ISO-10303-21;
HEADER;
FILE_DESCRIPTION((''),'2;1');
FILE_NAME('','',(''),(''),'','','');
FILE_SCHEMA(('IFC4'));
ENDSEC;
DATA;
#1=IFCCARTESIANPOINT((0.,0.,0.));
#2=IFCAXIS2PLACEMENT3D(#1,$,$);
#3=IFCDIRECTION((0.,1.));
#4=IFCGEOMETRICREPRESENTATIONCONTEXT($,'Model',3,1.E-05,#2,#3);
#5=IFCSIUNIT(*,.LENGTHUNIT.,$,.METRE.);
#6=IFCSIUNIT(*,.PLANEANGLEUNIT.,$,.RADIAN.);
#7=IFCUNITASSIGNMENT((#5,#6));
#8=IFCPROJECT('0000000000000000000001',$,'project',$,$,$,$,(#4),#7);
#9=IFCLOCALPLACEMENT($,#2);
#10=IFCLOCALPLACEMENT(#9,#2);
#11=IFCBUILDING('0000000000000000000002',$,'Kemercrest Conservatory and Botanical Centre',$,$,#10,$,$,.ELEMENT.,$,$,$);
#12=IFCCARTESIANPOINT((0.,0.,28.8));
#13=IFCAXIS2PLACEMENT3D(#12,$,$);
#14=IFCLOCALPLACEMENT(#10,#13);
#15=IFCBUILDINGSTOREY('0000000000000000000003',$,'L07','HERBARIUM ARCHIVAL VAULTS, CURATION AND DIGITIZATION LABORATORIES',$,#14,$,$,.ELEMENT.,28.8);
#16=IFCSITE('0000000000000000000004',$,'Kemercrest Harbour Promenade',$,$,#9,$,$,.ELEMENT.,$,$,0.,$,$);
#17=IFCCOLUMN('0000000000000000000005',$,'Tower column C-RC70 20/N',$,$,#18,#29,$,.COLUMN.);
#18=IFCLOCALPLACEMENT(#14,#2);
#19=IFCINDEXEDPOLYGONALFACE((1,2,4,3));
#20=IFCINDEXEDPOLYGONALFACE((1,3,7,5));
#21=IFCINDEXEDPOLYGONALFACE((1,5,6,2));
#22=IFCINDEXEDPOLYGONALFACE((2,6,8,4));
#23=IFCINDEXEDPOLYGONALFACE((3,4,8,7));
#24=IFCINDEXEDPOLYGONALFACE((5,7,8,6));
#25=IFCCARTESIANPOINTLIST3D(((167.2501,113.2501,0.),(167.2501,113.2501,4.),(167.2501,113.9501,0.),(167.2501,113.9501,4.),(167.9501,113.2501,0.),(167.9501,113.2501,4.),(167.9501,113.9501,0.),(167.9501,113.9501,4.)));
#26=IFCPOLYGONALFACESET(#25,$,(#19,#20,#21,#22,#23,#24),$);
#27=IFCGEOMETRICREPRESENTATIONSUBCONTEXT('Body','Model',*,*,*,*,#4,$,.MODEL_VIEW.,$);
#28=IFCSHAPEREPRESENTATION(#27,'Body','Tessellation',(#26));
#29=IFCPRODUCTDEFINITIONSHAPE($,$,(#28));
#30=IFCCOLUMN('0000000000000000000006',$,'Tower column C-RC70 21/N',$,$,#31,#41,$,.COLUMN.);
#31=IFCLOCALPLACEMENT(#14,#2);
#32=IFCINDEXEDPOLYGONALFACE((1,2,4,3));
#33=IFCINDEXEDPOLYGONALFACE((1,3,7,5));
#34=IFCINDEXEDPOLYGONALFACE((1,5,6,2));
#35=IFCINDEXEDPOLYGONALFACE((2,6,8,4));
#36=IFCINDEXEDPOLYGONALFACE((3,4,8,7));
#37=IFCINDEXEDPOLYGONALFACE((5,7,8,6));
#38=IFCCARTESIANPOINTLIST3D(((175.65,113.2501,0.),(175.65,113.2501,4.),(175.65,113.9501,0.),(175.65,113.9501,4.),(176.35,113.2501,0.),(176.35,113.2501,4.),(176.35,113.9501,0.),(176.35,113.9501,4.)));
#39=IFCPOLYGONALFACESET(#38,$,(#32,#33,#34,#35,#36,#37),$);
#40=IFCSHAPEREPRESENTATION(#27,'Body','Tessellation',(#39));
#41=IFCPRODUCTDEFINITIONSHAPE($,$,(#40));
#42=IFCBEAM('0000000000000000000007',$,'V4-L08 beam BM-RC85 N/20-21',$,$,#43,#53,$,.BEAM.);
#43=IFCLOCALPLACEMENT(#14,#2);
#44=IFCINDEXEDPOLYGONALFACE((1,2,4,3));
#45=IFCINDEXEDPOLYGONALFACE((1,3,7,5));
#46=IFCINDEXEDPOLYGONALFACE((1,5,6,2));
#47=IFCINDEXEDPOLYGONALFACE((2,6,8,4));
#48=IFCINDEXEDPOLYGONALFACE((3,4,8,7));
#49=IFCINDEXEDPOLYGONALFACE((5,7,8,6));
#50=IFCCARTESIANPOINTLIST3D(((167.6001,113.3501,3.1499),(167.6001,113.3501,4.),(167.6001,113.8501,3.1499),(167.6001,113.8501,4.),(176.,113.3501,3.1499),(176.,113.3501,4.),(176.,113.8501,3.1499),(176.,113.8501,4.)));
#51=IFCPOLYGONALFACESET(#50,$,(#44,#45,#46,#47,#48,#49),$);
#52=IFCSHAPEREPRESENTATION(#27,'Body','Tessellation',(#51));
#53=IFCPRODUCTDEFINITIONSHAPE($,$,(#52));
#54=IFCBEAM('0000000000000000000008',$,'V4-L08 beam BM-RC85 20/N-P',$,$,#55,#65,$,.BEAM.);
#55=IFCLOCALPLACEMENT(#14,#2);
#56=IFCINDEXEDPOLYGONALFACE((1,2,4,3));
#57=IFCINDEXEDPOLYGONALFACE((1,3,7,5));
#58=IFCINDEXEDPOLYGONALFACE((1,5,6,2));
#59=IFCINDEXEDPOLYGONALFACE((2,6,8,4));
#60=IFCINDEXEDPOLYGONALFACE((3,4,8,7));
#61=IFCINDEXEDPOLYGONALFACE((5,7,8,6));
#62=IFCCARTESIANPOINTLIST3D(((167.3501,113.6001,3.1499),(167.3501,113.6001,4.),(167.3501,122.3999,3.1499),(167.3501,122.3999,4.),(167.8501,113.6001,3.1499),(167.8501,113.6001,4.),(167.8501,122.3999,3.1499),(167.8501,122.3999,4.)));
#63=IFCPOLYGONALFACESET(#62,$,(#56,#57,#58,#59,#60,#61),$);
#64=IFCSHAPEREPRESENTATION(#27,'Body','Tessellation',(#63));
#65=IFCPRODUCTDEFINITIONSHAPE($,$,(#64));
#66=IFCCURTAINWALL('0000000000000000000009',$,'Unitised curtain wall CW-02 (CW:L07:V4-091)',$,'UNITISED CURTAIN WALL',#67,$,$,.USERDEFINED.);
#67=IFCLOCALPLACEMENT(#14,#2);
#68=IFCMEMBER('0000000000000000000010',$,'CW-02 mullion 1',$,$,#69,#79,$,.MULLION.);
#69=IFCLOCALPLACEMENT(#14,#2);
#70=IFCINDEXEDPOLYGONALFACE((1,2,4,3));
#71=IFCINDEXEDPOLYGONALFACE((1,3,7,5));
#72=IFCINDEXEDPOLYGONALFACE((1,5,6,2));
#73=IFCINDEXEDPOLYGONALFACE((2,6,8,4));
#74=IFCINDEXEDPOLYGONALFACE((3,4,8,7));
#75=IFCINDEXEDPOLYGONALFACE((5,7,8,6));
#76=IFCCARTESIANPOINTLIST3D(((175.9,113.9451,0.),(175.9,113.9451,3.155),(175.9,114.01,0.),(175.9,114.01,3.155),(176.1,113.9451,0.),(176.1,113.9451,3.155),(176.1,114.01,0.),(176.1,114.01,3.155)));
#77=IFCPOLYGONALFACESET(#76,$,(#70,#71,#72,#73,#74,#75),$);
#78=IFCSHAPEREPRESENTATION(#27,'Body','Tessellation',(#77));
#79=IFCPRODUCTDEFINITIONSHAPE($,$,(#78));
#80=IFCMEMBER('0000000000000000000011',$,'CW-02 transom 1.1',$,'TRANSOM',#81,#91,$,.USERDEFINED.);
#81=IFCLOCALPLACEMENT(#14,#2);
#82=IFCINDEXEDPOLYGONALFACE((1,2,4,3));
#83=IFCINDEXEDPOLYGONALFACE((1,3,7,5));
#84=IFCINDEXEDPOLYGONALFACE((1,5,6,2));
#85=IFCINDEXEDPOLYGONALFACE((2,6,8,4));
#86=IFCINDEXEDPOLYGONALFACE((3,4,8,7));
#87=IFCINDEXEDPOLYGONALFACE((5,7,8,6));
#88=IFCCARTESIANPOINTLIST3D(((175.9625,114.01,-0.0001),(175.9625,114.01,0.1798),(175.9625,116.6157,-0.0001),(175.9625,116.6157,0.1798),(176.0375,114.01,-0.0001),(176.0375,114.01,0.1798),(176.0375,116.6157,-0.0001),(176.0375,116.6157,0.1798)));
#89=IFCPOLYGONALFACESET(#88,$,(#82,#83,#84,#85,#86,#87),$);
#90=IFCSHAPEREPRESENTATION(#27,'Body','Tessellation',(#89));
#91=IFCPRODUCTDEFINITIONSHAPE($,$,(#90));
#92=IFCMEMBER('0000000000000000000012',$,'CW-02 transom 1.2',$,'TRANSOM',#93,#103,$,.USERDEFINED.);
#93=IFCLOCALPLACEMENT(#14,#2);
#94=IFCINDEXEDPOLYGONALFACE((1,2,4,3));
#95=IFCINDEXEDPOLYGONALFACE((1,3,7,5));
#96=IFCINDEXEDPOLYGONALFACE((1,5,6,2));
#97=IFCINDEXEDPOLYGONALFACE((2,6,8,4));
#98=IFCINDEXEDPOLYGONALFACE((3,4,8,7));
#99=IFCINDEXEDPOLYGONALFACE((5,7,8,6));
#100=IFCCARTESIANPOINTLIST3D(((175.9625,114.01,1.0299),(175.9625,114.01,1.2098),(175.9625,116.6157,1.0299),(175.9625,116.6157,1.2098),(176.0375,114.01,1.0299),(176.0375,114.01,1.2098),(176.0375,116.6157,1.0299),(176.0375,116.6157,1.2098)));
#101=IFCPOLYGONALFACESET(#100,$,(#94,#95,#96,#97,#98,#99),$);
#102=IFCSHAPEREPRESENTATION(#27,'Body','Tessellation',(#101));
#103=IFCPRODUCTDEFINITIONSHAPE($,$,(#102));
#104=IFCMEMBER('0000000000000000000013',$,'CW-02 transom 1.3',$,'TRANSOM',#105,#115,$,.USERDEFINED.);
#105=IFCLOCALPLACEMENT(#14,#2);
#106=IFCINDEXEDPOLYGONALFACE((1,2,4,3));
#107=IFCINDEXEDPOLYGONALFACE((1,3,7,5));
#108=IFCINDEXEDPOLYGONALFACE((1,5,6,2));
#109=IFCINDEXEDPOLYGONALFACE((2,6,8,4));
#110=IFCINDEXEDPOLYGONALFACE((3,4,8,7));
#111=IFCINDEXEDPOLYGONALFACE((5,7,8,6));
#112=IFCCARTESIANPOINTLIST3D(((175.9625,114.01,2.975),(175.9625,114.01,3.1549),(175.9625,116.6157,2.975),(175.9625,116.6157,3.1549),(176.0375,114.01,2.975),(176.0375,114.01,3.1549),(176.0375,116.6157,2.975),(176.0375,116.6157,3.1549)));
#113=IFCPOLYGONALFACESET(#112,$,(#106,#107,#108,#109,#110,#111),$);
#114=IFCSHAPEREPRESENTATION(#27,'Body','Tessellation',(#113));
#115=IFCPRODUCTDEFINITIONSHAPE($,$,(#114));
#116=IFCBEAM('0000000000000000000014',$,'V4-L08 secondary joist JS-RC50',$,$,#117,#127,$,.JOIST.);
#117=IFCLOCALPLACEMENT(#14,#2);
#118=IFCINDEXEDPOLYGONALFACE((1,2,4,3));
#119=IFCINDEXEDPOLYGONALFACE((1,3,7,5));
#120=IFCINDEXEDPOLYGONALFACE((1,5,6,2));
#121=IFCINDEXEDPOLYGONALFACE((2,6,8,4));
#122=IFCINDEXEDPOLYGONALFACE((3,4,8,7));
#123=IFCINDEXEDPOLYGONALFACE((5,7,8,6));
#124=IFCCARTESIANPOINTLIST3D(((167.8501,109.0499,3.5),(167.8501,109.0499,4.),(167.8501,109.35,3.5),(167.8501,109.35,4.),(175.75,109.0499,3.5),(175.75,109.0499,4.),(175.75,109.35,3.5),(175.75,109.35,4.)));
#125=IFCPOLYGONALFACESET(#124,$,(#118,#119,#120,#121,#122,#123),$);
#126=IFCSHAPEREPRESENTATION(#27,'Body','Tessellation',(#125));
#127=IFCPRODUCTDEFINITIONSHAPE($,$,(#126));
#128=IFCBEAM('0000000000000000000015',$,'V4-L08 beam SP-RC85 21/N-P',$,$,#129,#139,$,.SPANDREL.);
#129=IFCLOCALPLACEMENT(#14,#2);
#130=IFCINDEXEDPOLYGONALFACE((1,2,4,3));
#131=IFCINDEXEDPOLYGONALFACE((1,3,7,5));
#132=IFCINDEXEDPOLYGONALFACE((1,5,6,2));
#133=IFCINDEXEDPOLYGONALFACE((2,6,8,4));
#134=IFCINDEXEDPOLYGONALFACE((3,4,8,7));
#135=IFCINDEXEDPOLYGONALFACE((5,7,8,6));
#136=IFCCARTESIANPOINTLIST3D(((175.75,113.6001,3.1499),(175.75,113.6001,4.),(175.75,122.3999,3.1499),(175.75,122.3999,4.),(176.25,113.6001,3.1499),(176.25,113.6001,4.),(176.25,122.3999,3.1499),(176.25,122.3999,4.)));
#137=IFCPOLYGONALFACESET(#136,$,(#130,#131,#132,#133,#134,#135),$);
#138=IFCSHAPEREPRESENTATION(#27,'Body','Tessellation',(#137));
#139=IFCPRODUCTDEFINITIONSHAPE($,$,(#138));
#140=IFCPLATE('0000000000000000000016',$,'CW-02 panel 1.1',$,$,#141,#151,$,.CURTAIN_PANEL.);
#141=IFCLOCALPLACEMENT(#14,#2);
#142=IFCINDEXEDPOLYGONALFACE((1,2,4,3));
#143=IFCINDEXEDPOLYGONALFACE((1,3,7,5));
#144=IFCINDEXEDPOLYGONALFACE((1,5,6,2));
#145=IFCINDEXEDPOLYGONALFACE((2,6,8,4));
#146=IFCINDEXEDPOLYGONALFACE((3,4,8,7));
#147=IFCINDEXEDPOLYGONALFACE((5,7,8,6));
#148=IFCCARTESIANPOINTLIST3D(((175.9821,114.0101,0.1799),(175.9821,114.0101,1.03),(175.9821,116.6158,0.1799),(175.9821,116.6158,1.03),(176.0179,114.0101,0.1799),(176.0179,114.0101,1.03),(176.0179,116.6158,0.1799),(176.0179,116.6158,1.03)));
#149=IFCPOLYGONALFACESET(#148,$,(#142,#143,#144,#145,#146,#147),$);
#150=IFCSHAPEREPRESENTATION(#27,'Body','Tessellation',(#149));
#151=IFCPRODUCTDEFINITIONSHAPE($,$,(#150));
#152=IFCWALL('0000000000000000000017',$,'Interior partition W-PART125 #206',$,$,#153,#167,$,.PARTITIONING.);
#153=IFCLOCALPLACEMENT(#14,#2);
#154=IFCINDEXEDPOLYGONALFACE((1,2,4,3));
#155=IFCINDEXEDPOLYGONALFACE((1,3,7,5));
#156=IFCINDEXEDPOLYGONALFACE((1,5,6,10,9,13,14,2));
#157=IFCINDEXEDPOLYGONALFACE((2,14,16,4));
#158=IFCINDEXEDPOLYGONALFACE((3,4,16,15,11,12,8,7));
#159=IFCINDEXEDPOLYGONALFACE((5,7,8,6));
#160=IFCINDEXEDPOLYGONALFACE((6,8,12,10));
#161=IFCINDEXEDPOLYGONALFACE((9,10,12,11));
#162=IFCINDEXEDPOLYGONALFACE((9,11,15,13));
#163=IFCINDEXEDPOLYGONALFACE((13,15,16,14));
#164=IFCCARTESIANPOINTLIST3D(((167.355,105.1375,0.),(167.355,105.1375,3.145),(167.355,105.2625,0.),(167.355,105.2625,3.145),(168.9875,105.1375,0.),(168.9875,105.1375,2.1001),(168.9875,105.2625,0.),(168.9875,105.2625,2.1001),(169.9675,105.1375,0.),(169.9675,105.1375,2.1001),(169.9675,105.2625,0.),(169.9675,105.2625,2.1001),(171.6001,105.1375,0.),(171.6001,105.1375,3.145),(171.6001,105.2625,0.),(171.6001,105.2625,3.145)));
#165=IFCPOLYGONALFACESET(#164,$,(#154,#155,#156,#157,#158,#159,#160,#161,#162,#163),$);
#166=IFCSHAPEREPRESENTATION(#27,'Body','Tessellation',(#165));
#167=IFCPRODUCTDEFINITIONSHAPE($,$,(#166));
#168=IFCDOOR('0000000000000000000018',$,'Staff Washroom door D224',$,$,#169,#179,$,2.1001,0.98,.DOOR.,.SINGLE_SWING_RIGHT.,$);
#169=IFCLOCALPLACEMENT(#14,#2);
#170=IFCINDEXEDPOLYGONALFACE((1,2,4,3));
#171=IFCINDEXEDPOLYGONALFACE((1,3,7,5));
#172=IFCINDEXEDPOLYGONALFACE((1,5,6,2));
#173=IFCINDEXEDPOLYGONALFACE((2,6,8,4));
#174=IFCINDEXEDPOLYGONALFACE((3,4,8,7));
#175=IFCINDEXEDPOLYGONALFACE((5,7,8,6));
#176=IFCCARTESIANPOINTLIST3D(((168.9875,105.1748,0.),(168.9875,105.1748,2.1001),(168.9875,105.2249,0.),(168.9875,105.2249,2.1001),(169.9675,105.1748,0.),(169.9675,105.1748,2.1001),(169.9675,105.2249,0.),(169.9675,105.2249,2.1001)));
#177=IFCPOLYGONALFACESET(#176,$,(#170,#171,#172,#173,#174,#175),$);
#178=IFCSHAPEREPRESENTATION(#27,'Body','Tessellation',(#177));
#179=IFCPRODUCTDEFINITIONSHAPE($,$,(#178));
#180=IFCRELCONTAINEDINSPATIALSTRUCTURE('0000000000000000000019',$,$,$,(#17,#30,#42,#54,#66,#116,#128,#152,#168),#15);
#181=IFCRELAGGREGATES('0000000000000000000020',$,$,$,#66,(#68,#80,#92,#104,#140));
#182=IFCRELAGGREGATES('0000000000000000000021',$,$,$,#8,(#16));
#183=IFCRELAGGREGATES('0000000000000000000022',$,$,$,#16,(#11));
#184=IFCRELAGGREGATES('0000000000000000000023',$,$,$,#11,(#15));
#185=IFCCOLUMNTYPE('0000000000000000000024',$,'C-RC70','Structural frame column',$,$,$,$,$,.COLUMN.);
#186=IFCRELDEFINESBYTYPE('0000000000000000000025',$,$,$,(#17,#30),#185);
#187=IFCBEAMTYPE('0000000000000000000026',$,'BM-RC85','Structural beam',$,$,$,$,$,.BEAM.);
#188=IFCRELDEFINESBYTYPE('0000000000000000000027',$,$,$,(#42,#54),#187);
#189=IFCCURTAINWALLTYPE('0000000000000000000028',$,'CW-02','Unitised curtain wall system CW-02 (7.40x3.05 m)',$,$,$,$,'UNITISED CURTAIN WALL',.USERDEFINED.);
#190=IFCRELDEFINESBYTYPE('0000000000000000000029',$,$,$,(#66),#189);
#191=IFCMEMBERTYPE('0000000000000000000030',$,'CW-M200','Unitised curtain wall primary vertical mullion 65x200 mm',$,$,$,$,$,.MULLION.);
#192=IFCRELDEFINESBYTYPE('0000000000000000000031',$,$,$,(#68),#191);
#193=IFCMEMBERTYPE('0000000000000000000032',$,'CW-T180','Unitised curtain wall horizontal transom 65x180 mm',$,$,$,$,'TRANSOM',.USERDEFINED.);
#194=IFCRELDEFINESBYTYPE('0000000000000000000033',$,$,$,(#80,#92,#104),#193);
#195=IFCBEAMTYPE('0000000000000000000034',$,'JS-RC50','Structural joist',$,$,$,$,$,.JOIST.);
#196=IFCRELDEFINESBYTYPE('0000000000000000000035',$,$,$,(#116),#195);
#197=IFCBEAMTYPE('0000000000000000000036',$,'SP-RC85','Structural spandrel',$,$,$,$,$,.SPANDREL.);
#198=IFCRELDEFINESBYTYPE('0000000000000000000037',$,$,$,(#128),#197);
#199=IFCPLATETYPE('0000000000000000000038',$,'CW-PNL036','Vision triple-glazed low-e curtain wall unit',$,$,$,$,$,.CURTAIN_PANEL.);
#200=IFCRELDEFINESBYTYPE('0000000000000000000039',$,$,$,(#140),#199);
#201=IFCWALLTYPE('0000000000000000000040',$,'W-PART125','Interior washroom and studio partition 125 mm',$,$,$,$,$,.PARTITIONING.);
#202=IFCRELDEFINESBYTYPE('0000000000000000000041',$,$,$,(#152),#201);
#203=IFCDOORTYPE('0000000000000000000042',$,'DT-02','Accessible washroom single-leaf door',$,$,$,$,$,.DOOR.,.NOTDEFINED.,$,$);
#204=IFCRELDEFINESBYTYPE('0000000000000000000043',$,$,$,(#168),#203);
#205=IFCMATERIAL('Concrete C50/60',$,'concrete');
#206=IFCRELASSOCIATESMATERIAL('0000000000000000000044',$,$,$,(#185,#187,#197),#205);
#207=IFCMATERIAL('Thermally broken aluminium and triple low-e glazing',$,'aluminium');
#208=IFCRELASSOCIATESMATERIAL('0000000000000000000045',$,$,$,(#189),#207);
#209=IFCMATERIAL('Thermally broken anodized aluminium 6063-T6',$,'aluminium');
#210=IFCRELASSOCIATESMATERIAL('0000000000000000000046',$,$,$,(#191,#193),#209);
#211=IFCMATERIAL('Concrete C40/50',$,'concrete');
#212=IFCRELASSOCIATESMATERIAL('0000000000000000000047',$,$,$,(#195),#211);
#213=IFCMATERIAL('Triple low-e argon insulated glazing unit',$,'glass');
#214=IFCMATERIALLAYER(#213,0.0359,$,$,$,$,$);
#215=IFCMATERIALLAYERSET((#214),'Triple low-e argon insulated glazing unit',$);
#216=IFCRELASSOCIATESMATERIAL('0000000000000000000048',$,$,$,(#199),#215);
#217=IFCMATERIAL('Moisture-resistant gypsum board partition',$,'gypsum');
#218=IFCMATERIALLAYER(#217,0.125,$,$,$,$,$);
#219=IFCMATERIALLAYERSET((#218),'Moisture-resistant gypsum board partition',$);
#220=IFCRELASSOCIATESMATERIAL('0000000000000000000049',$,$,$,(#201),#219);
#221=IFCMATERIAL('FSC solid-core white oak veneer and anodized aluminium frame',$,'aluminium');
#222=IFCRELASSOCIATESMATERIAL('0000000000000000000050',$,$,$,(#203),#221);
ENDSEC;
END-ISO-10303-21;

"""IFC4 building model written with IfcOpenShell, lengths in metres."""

from ifc_helpers import new_model, si_unit, direction, frame, frame_2d, origin, origin_2d, place, context, subcontext, project, spatial, rectangle, extrude, material, layer, layer_set, material_profile, profile_set, type_object, element, fill, aggregate, save


model = new_model("IFC4")

# Units and contexts
model_context = context("Model", 3, precision=1e-05, world=origin(), true_north=direction((0.0, 1.0)))
body_context = subcontext(model_context, "Body", "Model", "MODEL_VIEW")
ifc_project = project(units=[si_unit("LENGTHUNIT", "METRE"), si_unit("PLANEANGLEUNIT", "RADIAN")], contexts=[model_context])

# Site, building, storey
site_placement = place(None, origin())
site = spatial("IfcSite", under=ifc_project, at=site_placement, Name="Kemercrest Harbour Promenade", CompositionType="ELEMENT", RefElevation=0.0)
building_placement = place(site_placement, origin())
building = spatial("IfcBuilding", under=site, at=building_placement, Name="Kemercrest Conservatory and Botanical Centre", CompositionType="ELEMENT")
storey_placement = place(building_placement, frame((0.0, 0.0, 28.8)))
storey = spatial("IfcBuildingStorey", under=building, at=storey_placement, Name="L07", Description="HERBARIUM ARCHIVAL VAULTS, CURATION AND DIGITIZATION LABORATORIES", CompositionType="ELEMENT", Elevation=28.8)

# Columns
ifc_material_1 = material(Name="Concrete C50/60", Category="concrete")
ifc_material_profile_1 = material_profile(ifc_material_1, rectangle(XDim=0.7, YDim=0.7, at=origin_2d()), Name="RC 700x700")
ifc_profile_set_1 = profile_set([ifc_material_profile_1], Name="Concrete C50/60")
column_type = type_object("IfcColumnType", Name="C-RC70", Description="Structural frame column", PredefinedType="COLUMN", material=ifc_profile_set_1)
for number, where, z_axis, x_axis, name in (
    (1, (167.6001, 113.6001, 0.0), (0.0, 0.0, 1.0), (1.0, 0.0, 0.0), "Tower column C-RC70 20/N"),
    (2, (176.0, 113.6001, 0.0), (0.0, 0.0, 1.0), (1.0, 0.0, 0.0), "Tower column C-RC70 21/N"),
):
    element("IfcColumn", number, at=place(storey_placement, frame(where, z_axis=z_axis, x_axis=x_axis)), inside=storey, type_object=column_type, Name=name, PredefinedType="COLUMN", context=body_context, shape_type="SweptSolid", body=[
        extrude(rectangle(XDim=0.7, YDim=0.7, at=origin_2d()), origin(), (0.0, 0.0, 1.0), 4.0),
    ])

# Beams
ifc_material_profile_2 = material_profile(ifc_material_1, rectangle(XDim=0.5, YDim=0.8501, at=origin_2d()), Name="RC 500x850")
ifc_profile_set_2 = profile_set([ifc_material_profile_2], Name="Concrete C50/60")
beam_type_1 = type_object("IfcBeamType", Name="BM-RC85", Description="Structural beam", PredefinedType="BEAM", material=ifc_profile_set_2)
beam_1_placement = place(storey_placement, frame((167.6001, 113.6001, 3.575), z_axis=(1.0, 0.0, 0.0), x_axis=(0.0, 1.0, 0.0)))
element("IfcBeam", 3, at=beam_1_placement, inside=storey, type_object=beam_type_1, Name="V4-L08 beam BM-RC85 N/20-21", PredefinedType="BEAM", context=body_context, shape_type="SweptSolid", body=[
    extrude(rectangle(XDim=0.5, YDim=0.8501, at=origin_2d()), origin(), (0.0, 0.0, 1.0), 8.3999),
])
beam_2_placement = place(storey_placement, frame((167.6001, 113.6001, 3.575), z_axis=(0.0, 1.0, 0.0), x_axis=(-1.0, 0.0, 0.0)))
element("IfcBeam", 4, at=beam_2_placement, inside=storey, type_object=beam_type_1, Name="V4-L08 beam BM-RC85 20/N-P", PredefinedType="BEAM", context=body_context, shape_type="SweptSolid", body=[
    extrude(rectangle(XDim=0.5, YDim=0.8501, at=origin_2d()), origin(), (0.0, 0.0, 1.0), 8.7998),
])

# Curtain wall, members
ifc_material_2 = material(Name="Thermally broken aluminium and triple low-e glazing", Category="aluminium")
curtain_wall_type = type_object("IfcCurtainWallType", Name="CW-02", Description="Unitised curtain wall system CW-02 (7.40x3.05 m)", ElementType="UNITISED CURTAIN WALL", PredefinedType="USERDEFINED", material=ifc_material_2)
curtain_wall_placement = place(storey_placement, origin())
curtain_wall = element("IfcCurtainWall", 5, at=curtain_wall_placement, inside=storey, type_object=curtain_wall_type, Name="Unitised curtain wall CW-02 (CW:L07:V4-091)", ObjectType="UNITISED CURTAIN WALL", PredefinedType="USERDEFINED")
ifc_material_3 = material(Name="Thermally broken anodized aluminium 6063-T6", Category="aluminium")
ifc_material_profile_3 = material_profile(ifc_material_3, rectangle(XDim=0.2, YDim=0.0649, at=origin_2d()), Name="AL MULLION 65x200")
ifc_profile_set_3 = profile_set([ifc_material_profile_3], Name="Thermally broken anodized aluminium 6063-T6")
member_type_1 = type_object("IfcMemberType", Name="CW-M200", Description="Unitised curtain wall primary vertical mullion 65x200 mm", PredefinedType="MULLION", material=ifc_profile_set_3)
member_1_placement = place(storey_placement, frame((176.0, 113.9775, 0.0), z_axis=(0.0, 0.0, 1.0), x_axis=(-1.0, 0.0, 0.0)))
member_1 = element("IfcMember", 6, at=member_1_placement, type_object=member_type_1, Name="CW-02 mullion 1", PredefinedType="MULLION", context=body_context, shape_type="SweptSolid", body=[
    extrude(rectangle(XDim=0.2, YDim=0.0649, at=origin_2d()), origin(), (0.0, 0.0, 1.0), 3.155),
])
ifc_material_profile_4 = material_profile(ifc_material_3, rectangle(XDim=0.075, YDim=0.1799, at=origin_2d()), Name="AL TRANSOM 75x180")
ifc_profile_set_4 = profile_set([ifc_material_profile_4], Name="Thermally broken anodized aluminium 6063-T6")
member_type_2 = type_object("IfcMemberType", Name="CW-T180", Description="Unitised curtain wall horizontal transom 65x180 mm", ElementType="TRANSOM", PredefinedType="USERDEFINED", material=ifc_profile_set_4)
member_2_placement = place(storey_placement, frame((176.0, 114.01, 0.0898), z_axis=(0.0, 1.0, 0.0), x_axis=(-1.0, 0.0, 0.0)))
member_2 = element("IfcMember", 7, at=member_2_placement, type_object=member_type_2, Name="CW-02 transom 1.1", ObjectType="TRANSOM", PredefinedType="USERDEFINED", context=body_context, shape_type="SweptSolid", body=[
    extrude(rectangle(XDim=0.075, YDim=0.1799, at=origin_2d()), origin(), (0.0, 0.0, 1.0), 2.6057),
])
member_3_placement = place(storey_placement, frame((176.0, 114.01, 1.1199), z_axis=(0.0, 1.0, 0.0), x_axis=(-1.0, 0.0, 0.0)))
member_3 = element("IfcMember", 8, at=member_3_placement, type_object=member_type_2, Name="CW-02 transom 1.2", ObjectType="TRANSOM", PredefinedType="USERDEFINED", context=body_context, shape_type="SweptSolid", body=[
    extrude(rectangle(XDim=0.075, YDim=0.1799, at=origin_2d()), origin(), (0.0, 0.0, 1.0), 2.6057),
])
member_4_placement = place(storey_placement, frame((176.0, 114.01, 3.0649), z_axis=(0.0, 1.0, 0.0), x_axis=(-1.0, 0.0, 0.0)))
member_4 = element("IfcMember", 9, at=member_4_placement, type_object=member_type_2, Name="CW-02 transom 1.3", ObjectType="TRANSOM", PredefinedType="USERDEFINED", context=body_context, shape_type="SweptSolid", body=[
    extrude(rectangle(XDim=0.075, YDim=0.1799, at=origin_2d()), origin(), (0.0, 0.0, 1.0), 2.6057),
])

# Beams
ifc_material_4 = material(Name="Concrete C40/50", Category="concrete")
ifc_material_profile_5 = material_profile(ifc_material_4, rectangle(XDim=0.3, YDim=0.5, at=origin_2d()), Name="RC 300x500")
ifc_profile_set_5 = profile_set([ifc_material_profile_5], Name="Concrete C40/50")
beam_type_2 = type_object("IfcBeamType", Name="JS-RC50", Description="Structural joist", PredefinedType="JOIST", material=ifc_profile_set_5)
beam_3_placement = place(storey_placement, frame((167.8501, 109.2, 3.75), z_axis=(1.0, 0.0, 0.0), x_axis=(0.0, 1.0, 0.0)))
element("IfcBeam", 10, at=beam_3_placement, inside=storey, type_object=beam_type_2, Name="V4-L08 secondary joist JS-RC50", PredefinedType="JOIST", context=body_context, shape_type="SweptSolid", body=[
    extrude(rectangle(XDim=0.3, YDim=0.5, at=origin_2d()), origin(), (0.0, 0.0, 1.0), 7.8999),
])
ifc_material_profile_6 = material_profile(ifc_material_1, rectangle(XDim=0.5, YDim=0.8501, at=origin_2d()), Name="RC 500x850")
ifc_profile_set_6 = profile_set([ifc_material_profile_6], Name="Concrete C50/60")
beam_type_3 = type_object("IfcBeamType", Name="SP-RC85", Description="Structural spandrel", PredefinedType="SPANDREL", material=ifc_profile_set_6)
beam_4_placement = place(storey_placement, frame((176.0, 113.6001, 3.575), z_axis=(0.0, 1.0, 0.0), x_axis=(-1.0, 0.0, 0.0)))
element("IfcBeam", 11, at=beam_4_placement, inside=storey, type_object=beam_type_3, Name="V4-L08 beam SP-RC85 21/N-P", PredefinedType="SPANDREL", context=body_context, shape_type="SweptSolid", body=[
    extrude(rectangle(XDim=0.5, YDim=0.8501, at=origin_2d()), origin(), (0.0, 0.0, 1.0), 8.7998),
])

# Plate
ifc_material_5 = material(Name="Triple low-e argon insulated glazing unit", Category="glass")
ifc_layer_1 = layer(ifc_material_5, 0.0359)
ifc_layer_set_1 = layer_set([ifc_layer_1], Name="Triple low-e argon insulated glazing unit")
plate_type = type_object("IfcPlateType", Name="CW-PNL036", Description="Vision triple-glazed low-e curtain wall unit", PredefinedType="CURTAIN_PANEL", material=ifc_layer_set_1)
plate_placement = place(storey_placement, frame((176.0, 115.313, 0.1799), z_axis=(0.0, 0.0, 1.0), x_axis=(0.0, 1.0, 0.0)))
plate = element("IfcPlate", 12, at=plate_placement, type_object=plate_type, Name="CW-02 panel 1.1", PredefinedType="CURTAIN_PANEL", context=body_context, shape_type="SweptSolid", body=[
    extrude(rectangle(XDim=2.6057, YDim=0.0359, at=origin_2d()), origin(), (0.0, 0.0, 1.0), 0.8501),
])
aggregate(curtain_wall, [member_1, member_2, member_3, member_4, plate])

# Wall, opening, door
ifc_material_6 = material(Name="Moisture-resistant gypsum board partition", Category="gypsum")
ifc_layer_2 = layer(ifc_material_6, 0.125)
ifc_layer_set_2 = layer_set([ifc_layer_2], Name="Moisture-resistant gypsum board partition")
wall_type = type_object("IfcWallType", Name="W-PART125", Description="Interior washroom and studio partition 125 mm", PredefinedType="PARTITIONING", material=ifc_layer_set_2)
wall_1_placement = place(storey_placement, frame((167.355, 105.2, 0.0), z_axis=(0.0, 0.0, 1.0), x_axis=(1.0, 0.0, 0.0)))
wall_1 = element("IfcWall", 13, at=wall_1_placement, inside=storey, type_object=wall_type, Name="Interior partition W-PART125 #206", PredefinedType="PARTITIONING", context=body_context, shape_type="SweptSolid", body=[
    extrude(rectangle(XDim=4.2451, YDim=0.125, at=frame_2d((2.1226, 0.0))), origin(), (0.0, 0.0, 1.0), 3.145),
])
opening_1_placement = place(wall_1_placement, frame((1.6326, 0.0, 0.0)))
opening_1 = element("IfcOpeningElement", 14, at=opening_1_placement, cuts=wall_1, PredefinedType="OPENING", context=body_context, shape_type="SweptSolid", body=[
    extrude(rectangle(XDim=0.98, YDim=2.1001, at=frame_2d((0.49, 1.05))), frame((0.0, 0.0725, 0.0), z_axis=(0.0, -1.0, 0.0), x_axis=(1.0, 0.0, 0.0)), (0.0, 0.0, 1.0), 0.145),
])
ifc_material_7 = material(Name="FSC solid-core white oak veneer and anodized aluminium frame", Category="aluminium")
door_type = type_object("IfcDoorType", Name="DT-02", Description="Accessible washroom single-leaf door", OperationType="NOTDEFINED", PredefinedType="DOOR", material=ifc_material_7)
door_1_placement = place(opening_1_placement, origin())
door_1 = element("IfcDoor", 15, at=door_1_placement, inside=storey, type_object=door_type, Name="Staff Washroom door D224", OperationType="SINGLE_SWING_RIGHT", OverallHeight=2.1001, OverallWidth=0.98, PredefinedType="DOOR", context=body_context, shape_type="SweptSolid", body=[
    extrude(rectangle(XDim=0.98, YDim=2.1001, at=frame_2d((0.49, 1.05))), frame((0.0, 0.0249, 0.0), z_axis=(0.0, -1.0, 0.0), x_axis=(1.0, 0.0, 0.0)), (0.0, 0.0, 1.0), 0.05),
])
fill(opening_1, door_1)

save(model, "model.ifc")
